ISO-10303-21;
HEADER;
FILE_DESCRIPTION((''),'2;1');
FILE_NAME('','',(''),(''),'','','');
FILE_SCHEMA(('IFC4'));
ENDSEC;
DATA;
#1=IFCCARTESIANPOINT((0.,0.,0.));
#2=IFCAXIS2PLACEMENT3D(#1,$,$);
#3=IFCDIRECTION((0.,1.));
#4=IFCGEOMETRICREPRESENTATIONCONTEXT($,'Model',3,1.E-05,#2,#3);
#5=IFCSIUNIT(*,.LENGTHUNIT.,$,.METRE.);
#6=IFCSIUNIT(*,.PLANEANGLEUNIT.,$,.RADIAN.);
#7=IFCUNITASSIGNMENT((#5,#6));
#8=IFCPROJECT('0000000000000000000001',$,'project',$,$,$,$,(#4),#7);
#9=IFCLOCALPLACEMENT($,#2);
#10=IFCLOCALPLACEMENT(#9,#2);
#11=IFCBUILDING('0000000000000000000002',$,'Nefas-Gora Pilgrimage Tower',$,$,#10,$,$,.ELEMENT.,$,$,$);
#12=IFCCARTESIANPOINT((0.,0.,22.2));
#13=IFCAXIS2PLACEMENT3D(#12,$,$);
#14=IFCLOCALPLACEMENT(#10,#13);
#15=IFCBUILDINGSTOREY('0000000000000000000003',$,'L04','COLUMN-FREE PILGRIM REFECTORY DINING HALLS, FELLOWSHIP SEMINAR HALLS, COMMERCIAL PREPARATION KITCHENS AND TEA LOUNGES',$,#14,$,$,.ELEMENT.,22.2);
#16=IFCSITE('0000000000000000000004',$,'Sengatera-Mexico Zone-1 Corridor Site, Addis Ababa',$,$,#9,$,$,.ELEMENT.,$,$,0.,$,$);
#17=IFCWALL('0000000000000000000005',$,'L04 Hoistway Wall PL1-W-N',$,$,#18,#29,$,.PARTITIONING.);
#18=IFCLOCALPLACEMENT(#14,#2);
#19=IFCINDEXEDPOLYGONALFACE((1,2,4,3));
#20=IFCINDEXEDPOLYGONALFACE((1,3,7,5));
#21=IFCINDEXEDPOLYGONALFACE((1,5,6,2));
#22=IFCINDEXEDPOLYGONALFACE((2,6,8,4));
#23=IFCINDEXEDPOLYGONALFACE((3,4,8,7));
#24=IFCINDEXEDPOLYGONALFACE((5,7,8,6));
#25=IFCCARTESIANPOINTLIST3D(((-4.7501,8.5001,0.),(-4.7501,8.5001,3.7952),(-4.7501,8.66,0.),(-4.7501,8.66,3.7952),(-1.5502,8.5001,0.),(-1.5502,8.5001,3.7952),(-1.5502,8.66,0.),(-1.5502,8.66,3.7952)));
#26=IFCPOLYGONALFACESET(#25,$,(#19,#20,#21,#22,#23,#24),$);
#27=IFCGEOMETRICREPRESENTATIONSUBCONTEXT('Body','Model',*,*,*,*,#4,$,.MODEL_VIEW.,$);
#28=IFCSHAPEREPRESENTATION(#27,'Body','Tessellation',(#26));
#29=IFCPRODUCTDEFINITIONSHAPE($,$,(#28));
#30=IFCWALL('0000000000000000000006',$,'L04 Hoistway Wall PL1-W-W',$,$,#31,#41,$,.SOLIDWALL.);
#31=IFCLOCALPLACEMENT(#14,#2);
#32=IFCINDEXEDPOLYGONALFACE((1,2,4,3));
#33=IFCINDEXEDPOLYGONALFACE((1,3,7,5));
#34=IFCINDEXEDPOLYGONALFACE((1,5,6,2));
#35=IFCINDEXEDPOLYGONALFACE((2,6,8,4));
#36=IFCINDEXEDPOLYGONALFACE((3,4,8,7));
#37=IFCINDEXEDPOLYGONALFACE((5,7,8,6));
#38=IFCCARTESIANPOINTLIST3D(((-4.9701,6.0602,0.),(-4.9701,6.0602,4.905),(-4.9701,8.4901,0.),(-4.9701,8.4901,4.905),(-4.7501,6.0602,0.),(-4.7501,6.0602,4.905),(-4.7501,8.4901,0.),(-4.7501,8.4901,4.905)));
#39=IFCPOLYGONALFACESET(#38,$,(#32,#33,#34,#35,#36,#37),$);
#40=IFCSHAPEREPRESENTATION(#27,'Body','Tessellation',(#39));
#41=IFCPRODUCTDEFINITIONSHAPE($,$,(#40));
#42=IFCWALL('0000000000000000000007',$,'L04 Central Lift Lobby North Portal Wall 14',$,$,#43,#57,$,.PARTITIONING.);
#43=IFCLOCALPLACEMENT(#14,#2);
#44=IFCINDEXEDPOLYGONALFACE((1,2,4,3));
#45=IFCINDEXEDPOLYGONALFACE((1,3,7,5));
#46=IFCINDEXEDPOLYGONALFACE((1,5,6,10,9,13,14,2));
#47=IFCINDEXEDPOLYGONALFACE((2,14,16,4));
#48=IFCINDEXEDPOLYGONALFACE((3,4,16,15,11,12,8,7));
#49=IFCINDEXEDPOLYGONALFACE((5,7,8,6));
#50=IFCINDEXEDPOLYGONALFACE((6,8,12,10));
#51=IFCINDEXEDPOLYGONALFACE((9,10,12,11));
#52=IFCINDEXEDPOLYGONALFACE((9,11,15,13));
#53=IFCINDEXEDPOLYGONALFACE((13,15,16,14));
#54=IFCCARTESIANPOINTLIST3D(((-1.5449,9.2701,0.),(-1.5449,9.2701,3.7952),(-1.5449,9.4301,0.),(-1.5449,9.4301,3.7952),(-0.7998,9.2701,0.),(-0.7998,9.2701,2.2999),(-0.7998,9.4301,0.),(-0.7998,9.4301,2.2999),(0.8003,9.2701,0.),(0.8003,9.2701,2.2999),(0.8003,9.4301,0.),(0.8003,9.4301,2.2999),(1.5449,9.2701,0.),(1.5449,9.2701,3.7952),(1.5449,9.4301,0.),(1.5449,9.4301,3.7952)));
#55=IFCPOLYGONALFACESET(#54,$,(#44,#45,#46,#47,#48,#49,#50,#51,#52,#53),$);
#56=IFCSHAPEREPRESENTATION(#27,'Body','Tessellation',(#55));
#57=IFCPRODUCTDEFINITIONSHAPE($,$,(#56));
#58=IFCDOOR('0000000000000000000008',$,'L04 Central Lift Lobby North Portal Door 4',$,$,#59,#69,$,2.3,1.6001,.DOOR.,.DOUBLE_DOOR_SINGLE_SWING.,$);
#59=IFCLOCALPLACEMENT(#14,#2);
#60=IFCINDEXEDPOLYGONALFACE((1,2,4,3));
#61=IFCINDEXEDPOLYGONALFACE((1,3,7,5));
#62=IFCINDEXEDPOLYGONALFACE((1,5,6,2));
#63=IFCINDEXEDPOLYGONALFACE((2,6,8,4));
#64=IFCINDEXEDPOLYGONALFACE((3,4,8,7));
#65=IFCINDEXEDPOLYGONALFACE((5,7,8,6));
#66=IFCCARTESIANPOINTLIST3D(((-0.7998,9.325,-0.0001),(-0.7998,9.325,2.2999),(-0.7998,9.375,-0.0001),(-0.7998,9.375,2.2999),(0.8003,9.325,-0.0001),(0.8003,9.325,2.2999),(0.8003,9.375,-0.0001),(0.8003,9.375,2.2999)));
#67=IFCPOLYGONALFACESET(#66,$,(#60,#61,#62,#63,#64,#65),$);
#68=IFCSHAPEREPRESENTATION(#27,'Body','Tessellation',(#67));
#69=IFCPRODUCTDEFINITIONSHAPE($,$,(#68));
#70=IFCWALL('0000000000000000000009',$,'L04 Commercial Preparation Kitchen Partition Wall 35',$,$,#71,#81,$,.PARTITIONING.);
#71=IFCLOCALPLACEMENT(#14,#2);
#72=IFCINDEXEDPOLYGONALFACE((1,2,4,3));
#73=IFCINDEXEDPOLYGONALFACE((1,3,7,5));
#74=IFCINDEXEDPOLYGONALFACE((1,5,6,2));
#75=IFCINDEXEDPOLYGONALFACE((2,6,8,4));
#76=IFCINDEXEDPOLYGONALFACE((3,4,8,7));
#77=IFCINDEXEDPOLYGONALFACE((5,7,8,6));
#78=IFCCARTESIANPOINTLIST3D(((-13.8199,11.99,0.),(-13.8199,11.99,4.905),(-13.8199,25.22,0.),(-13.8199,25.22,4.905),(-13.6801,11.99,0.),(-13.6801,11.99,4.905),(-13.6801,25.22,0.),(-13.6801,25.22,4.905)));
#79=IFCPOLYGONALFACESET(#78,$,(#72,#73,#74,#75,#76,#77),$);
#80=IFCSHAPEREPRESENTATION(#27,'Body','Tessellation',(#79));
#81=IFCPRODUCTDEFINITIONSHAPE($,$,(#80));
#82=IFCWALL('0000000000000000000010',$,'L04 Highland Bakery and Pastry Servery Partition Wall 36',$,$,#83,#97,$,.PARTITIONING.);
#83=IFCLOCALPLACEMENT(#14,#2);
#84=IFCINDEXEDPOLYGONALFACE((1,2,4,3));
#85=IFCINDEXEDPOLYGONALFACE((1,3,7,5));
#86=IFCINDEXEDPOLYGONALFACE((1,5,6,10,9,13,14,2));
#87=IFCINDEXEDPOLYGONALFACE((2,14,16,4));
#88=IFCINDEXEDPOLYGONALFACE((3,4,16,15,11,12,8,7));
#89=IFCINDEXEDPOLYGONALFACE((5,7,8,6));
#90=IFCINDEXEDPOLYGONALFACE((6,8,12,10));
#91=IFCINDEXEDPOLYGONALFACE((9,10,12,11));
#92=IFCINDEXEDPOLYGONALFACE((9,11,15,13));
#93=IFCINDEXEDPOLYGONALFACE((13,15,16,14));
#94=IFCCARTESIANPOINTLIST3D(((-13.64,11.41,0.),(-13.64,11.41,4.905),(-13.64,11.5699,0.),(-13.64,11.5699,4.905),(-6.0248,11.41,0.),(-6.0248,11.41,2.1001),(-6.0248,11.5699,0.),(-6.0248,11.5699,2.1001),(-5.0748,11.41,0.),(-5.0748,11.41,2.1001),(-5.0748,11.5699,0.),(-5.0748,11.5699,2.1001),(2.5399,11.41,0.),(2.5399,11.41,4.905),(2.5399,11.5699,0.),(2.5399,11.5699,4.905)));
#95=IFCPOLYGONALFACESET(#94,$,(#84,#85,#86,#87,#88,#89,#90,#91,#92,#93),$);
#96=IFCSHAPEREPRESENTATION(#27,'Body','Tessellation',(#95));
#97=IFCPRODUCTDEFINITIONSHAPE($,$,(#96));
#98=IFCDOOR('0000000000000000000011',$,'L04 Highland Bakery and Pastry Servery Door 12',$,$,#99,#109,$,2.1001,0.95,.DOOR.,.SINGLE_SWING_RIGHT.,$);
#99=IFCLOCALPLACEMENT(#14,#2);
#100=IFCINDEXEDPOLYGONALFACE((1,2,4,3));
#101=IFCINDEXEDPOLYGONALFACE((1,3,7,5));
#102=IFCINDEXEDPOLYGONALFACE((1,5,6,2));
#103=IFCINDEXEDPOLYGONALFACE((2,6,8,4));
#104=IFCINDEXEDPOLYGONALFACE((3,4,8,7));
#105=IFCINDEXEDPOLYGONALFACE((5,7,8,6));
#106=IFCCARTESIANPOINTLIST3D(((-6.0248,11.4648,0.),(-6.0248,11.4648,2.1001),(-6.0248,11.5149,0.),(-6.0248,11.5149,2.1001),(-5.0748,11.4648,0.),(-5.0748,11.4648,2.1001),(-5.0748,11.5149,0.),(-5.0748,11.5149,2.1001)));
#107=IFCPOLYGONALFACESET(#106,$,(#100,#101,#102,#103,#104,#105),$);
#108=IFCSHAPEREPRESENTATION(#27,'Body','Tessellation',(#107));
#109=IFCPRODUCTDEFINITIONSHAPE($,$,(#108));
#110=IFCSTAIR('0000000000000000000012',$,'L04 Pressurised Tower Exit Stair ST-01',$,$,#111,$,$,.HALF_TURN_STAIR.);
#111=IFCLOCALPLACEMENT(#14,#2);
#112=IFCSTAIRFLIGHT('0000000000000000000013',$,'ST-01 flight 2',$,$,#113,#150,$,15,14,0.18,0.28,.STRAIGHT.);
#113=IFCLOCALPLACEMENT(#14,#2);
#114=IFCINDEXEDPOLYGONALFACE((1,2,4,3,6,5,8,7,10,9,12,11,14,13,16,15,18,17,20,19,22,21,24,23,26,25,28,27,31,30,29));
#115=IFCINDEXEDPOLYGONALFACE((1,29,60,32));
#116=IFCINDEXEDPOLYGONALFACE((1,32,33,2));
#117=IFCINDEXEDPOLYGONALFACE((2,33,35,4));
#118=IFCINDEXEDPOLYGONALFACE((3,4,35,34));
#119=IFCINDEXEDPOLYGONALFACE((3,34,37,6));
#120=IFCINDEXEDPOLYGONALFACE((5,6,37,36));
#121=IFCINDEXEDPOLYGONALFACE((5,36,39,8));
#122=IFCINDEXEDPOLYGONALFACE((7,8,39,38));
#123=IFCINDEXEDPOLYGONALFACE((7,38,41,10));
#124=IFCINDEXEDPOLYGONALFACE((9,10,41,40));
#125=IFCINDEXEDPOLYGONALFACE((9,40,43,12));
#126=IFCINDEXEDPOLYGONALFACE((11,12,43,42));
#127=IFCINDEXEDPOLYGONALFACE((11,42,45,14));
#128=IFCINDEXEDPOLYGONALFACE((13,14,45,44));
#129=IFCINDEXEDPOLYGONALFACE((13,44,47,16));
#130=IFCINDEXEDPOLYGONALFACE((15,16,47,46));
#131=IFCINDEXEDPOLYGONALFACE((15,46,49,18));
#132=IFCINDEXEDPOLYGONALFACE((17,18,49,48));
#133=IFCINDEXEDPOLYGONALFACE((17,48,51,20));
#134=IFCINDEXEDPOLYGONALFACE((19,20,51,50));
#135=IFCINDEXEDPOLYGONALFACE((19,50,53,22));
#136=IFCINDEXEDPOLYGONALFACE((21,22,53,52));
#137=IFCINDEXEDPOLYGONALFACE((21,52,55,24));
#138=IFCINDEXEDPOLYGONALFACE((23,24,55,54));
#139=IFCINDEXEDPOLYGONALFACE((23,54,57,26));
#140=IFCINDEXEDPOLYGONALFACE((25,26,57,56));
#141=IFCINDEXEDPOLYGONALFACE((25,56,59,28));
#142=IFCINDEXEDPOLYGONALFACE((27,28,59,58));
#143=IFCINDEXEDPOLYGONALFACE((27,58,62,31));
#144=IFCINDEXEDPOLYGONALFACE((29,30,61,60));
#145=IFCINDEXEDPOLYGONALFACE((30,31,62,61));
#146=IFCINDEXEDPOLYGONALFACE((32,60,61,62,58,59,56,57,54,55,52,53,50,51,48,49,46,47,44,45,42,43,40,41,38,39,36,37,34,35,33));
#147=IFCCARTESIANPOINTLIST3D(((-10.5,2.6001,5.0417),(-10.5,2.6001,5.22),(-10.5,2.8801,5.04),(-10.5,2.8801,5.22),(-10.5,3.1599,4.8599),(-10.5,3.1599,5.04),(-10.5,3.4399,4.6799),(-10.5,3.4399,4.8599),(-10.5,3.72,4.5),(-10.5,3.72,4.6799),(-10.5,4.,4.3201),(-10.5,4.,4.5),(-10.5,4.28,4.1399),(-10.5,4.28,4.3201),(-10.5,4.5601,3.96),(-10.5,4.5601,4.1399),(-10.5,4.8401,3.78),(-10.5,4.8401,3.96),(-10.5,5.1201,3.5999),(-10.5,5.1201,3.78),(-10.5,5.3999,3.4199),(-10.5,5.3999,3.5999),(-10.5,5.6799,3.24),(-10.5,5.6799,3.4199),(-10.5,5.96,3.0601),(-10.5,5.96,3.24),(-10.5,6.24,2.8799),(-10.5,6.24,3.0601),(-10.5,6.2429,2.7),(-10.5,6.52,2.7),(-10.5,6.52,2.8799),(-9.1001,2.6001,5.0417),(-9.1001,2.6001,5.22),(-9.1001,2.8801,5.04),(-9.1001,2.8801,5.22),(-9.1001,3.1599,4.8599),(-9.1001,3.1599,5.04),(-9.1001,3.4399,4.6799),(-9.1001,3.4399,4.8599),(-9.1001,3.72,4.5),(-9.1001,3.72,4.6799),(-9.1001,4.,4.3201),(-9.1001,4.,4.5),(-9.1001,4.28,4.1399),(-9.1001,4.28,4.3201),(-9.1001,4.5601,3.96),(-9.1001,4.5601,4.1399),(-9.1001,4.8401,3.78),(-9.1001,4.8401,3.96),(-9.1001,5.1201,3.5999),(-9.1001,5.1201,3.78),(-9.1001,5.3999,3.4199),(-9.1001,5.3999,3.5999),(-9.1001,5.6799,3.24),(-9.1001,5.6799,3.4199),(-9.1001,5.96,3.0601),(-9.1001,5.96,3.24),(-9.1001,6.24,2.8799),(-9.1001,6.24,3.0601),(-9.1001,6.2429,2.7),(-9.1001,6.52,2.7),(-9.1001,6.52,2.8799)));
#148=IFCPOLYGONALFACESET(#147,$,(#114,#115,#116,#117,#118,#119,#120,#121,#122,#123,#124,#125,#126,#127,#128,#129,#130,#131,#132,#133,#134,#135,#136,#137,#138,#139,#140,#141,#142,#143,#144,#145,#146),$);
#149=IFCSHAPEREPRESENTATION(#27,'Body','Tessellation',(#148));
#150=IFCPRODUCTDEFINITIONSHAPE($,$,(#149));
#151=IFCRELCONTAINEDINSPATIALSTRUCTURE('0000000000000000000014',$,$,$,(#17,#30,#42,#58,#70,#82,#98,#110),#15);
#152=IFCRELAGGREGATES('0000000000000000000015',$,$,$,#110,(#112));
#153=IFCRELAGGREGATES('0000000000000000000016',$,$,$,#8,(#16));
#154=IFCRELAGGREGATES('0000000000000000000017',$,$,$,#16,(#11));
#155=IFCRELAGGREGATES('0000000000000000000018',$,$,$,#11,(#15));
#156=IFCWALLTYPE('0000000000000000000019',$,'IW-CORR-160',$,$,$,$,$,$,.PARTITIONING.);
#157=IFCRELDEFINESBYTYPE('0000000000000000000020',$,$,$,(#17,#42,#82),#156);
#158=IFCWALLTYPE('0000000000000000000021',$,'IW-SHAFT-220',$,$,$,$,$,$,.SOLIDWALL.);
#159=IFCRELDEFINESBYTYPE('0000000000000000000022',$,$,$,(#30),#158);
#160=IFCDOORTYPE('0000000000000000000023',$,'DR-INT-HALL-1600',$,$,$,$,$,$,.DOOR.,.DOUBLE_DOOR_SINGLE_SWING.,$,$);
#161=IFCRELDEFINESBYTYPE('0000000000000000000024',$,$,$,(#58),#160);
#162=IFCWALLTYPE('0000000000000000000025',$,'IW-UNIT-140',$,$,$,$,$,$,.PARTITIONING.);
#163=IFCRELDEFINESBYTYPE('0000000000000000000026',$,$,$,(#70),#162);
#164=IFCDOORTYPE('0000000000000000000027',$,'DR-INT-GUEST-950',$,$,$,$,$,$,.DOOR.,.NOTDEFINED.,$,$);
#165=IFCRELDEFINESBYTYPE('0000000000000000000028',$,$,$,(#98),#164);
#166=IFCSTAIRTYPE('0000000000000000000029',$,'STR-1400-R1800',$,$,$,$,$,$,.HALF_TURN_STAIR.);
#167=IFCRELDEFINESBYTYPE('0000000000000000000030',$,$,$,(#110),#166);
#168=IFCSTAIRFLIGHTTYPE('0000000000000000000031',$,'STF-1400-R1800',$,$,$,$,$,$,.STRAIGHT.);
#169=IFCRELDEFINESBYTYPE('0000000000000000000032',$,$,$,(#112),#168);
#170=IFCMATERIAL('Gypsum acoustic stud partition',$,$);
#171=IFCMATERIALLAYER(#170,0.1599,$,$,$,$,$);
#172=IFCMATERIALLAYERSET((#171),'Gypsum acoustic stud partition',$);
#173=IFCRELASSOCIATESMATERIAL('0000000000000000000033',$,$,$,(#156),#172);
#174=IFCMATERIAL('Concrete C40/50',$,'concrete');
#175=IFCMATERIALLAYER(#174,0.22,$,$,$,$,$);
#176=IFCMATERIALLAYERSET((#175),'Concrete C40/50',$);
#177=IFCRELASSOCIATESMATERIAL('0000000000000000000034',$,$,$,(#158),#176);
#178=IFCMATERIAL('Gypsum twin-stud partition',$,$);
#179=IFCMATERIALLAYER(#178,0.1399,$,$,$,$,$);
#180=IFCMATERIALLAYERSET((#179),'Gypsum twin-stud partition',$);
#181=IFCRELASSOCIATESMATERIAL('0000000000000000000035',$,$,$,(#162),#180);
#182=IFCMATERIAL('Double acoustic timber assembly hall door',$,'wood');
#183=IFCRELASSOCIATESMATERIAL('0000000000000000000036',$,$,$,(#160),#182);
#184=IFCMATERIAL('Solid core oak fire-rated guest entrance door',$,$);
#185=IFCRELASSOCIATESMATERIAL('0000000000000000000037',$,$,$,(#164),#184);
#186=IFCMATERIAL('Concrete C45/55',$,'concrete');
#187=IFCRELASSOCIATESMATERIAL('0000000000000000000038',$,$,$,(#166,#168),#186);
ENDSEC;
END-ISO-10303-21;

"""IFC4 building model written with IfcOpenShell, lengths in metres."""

from ifc_helpers import new_model, si_unit, direction, frame, frame_2d, origin, place, context, subcontext, project, spatial, polyline, rectangle, outline, extrude, source, transform, mapped, material, layer, layer_set, type_object, element, fill, aggregate, save


model = new_model("IFC4")

# Units and contexts
model_context = context("Model", 3, precision=1e-05, world=origin(), true_north=direction((0.0, 1.0)))
body_context = subcontext(model_context, "Body", "Model", "MODEL_VIEW")
ifc_project = project(units=[si_unit("LENGTHUNIT", "METRE"), si_unit("PLANEANGLEUNIT", "RADIAN")], contexts=[model_context])

# Site, building, storey
site_placement = place(None, origin())
site = spatial("IfcSite", under=ifc_project, at=site_placement, Name="Sengatera-Mexico Zone-1 Corridor Site, Addis Ababa", CompositionType="ELEMENT", RefElevation=0.0)
building_placement = place(site_placement, origin())
building = spatial("IfcBuilding", under=site, at=building_placement, Name="Nefas-Gora Pilgrimage Tower", CompositionType="ELEMENT")
storey_placement = place(building_placement, frame((0.0, 0.0, 22.2)))
storey = spatial("IfcBuildingStorey", under=building, at=storey_placement, Name="L04", Description="COLUMN-FREE PILGRIM REFECTORY DINING HALLS, FELLOWSHIP SEMINAR HALLS, COMMERCIAL PREPARATION KITCHENS AND TEA LOUNGES", CompositionType="ELEMENT", Elevation=22.2)

# Walls
ifc_material_1 = material(Name="Concrete C45/55", Category="concrete")
ifc_material_2 = material(Name="Gypsum acoustic stud partition")
ifc_layer_1 = layer(ifc_material_2, 0.1599)
ifc_layer_set_1 = layer_set([ifc_layer_1], Name="Gypsum acoustic stud partition")
wall_type_1 = type_object("IfcWallType", Name="IW-CORR-160", PredefinedType="PARTITIONING", material=ifc_layer_set_1)
shared_shape_1 = source(origin(), body_context, "Body", "SweptSolid", [
    extrude(rectangle(XDim=3.2, YDim=0.1599, at=frame_2d((1.6001, 0.0))), origin(), (0.0, 0.0, 1.0), 3.7952),
])
wall_1_placement = place(storey_placement, frame((-1.55, 8.5801, 0.0), z_axis=(0.0, 0.0, 1.0), x_axis=(-1.0, 0.0, 0.0)))
element("IfcWall", 1, at=wall_1_placement, inside=storey, type_object=wall_type_1, Name="L04 Hoistway Wall PL1-W-N", PredefinedType="PARTITIONING", context=body_context, shape_type="MappedRepresentation", body=[
    mapped(shared_shape_1, transform((0.0, 0.0, 0.0), x_axis=(1.0, 0.0, 0.0), y_axis=(0.0, 1.0, 0.0), z_axis=(0.0, 0.0, 1.0), scale=1.0)),
])
ifc_material_3 = material(Name="Concrete C40/50", Category="concrete")
ifc_layer_2 = layer(ifc_material_3, 0.22)
ifc_layer_set_2 = layer_set([ifc_layer_2], Name="Concrete C40/50")
wall_type_2 = type_object("IfcWallType", Name="IW-SHAFT-220", PredefinedType="SOLIDWALL", material=ifc_layer_set_2)
shared_shape_2 = source(origin(), body_context, "Body", "SweptSolid", [
    extrude(rectangle(XDim=2.4299, YDim=0.22, at=frame_2d((1.2148, 0.0))), origin(), (0.0, 0.0, 1.0), 4.905),
])
wall_2_placement = place(storey_placement, frame((-4.8601, 8.49, 0.0), z_axis=(0.0, 0.0, 1.0), x_axis=(0.0, -1.0, 0.0)))
element("IfcWall", 2, at=wall_2_placement, inside=storey, type_object=wall_type_2, Name="L04 Hoistway Wall PL1-W-W", PredefinedType="SOLIDWALL", context=body_context, shape_type="MappedRepresentation", body=[
    mapped(shared_shape_2, transform((0.0, 0.0, 0.0), x_axis=(1.0, 0.0, 0.0), y_axis=(0.0, 1.0, 0.0), z_axis=(0.0, 0.0, 1.0), scale=1.0)),
])
ifc_material_4 = material(Name="Gypsum twin-stud partition")
ifc_layer_3 = layer(ifc_material_4, 0.1399)
ifc_layer_set_3 = layer_set([ifc_layer_3], Name="Gypsum twin-stud partition")
wall_type_3 = type_object("IfcWallType", Name="IW-UNIT-140", PredefinedType="PARTITIONING", material=ifc_layer_set_3)

# Wall, opening, door
shared_shape_3 = source(origin(), body_context, "Body", "SweptSolid", [
    extrude(rectangle(XDim=3.0898, YDim=0.1599, at=frame_2d((1.5449, 0.0))), origin(), (0.0, 0.0, 1.0), 3.7952),
])
wall_3_placement = place(storey_placement, frame((-1.5449, 9.3501, 0.0), z_axis=(0.0, 0.0, 1.0), x_axis=(1.0, 0.0, 0.0)))
wall_3 = element("IfcWall", 3, at=wall_3_placement, inside=storey, type_object=wall_type_1, Name="L04 Central Lift Lobby North Portal Wall 14", PredefinedType="PARTITIONING", context=body_context, shape_type="MappedRepresentation", body=[
    mapped(shared_shape_3, transform((0.0, 0.0, 0.0), x_axis=(1.0, 0.0, 0.0), y_axis=(0.0, 1.0, 0.0), z_axis=(0.0, 0.0, 1.0), scale=1.0)),
])
opening_1_placement = place(wall_3_placement, frame((0.7451, 0.0, 0.0)))
opening_1 = element("IfcOpeningElement", 4, at=opening_1_placement, cuts=wall_3, PredefinedType="OPENING", context=body_context, shape_type="SweptSolid", body=[
    extrude(rectangle(XDim=1.6001, YDim=2.3, at=frame_2d((0.8, 1.1499))), frame((0.0, 0.0898, 0.0), z_axis=(0.0, -1.0, 0.0), x_axis=(1.0, 0.0, 0.0)), (0.0, 0.0, 1.0), 0.1799),
])
ifc_material_5 = material(Name="Double acoustic timber assembly hall door", Category="wood")
door_type_1 = type_object("IfcDoorType", Name="DR-INT-HALL-1600", OperationType="DOUBLE_DOOR_SINGLE_SWING", PredefinedType="DOOR", material=ifc_material_5)
shared_shape_4 = source(origin(), body_context, "Body", "SweptSolid", [
    extrude(rectangle(XDim=1.6001, YDim=2.3, at=frame_2d((0.8, 1.1499))), frame((0.0, 0.0249, 0.0), z_axis=(0.0, -1.0, 0.0), x_axis=(1.0, 0.0, 0.0)), (0.0, 0.0, 1.0), 0.05),
])
door_1_placement = place(opening_1_placement, origin())
door_1 = element("IfcDoor", 5, at=door_1_placement, inside=storey, type_object=door_type_1, Name="L04 Central Lift Lobby North Portal Door 4", OperationType="DOUBLE_DOOR_SINGLE_SWING", OverallHeight=2.3, OverallWidth=1.6001, PredefinedType="DOOR", context=body_context, shape_type="MappedRepresentation", body=[
    mapped(shared_shape_4, transform((0.0, 0.0, 0.0), x_axis=(1.0, 0.0, 0.0), y_axis=(0.0, 1.0, 0.0), z_axis=(0.0, 0.0, 1.0), scale=1.0)),
])
fill(opening_1, door_1)

# Wall
shared_shape_5 = source(origin(), body_context, "Body", "SweptSolid", [
    extrude(rectangle(XDim=13.23, YDim=0.1399, at=frame_2d((6.615, 0.0))), origin(), (0.0, 0.0, 1.0), 4.905),
])
wall_4_placement = place(storey_placement, frame((-13.75, 11.99, 0.0), z_axis=(0.0, 0.0, 1.0), x_axis=(0.0, 1.0, 0.0)))
element("IfcWall", 6, at=wall_4_placement, inside=storey, type_object=wall_type_3, Name="L04 Commercial Preparation Kitchen Partition Wall 35", PredefinedType="PARTITIONING", context=body_context, shape_type="MappedRepresentation", body=[
    mapped(shared_shape_5, transform((0.0, 0.0, 0.0), x_axis=(1.0, 0.0, 0.0), y_axis=(0.0, 1.0, 0.0), z_axis=(0.0, 0.0, 1.0), scale=1.0)),
])

# Wall, opening, door
shared_shape_6 = source(origin(), body_context, "Body", "SweptSolid", [
    extrude(rectangle(XDim=16.1799, YDim=0.1599, at=frame_2d((8.0898, 0.0))), origin(), (0.0, 0.0, 1.0), 4.905),
])
wall_5_placement = place(storey_placement, frame((-13.6399, 11.49, 0.0), z_axis=(0.0, 0.0, 1.0), x_axis=(1.0, 0.0, 0.0)))
wall_5 = element("IfcWall", 7, at=wall_5_placement, inside=storey, type_object=wall_type_1, Name="L04 Highland Bakery and Pastry Servery Partition Wall 36", PredefinedType="PARTITIONING", context=body_context, shape_type="MappedRepresentation", body=[
    mapped(shared_shape_6, transform((0.0, 0.0, 0.0), x_axis=(1.0, 0.0, 0.0), y_axis=(0.0, 1.0, 0.0), z_axis=(0.0, 0.0, 1.0), scale=1.0)),
])
opening_2_placement = place(wall_5_placement, frame((7.615, 0.0, 0.0)))
opening_2 = element("IfcOpeningElement", 8, at=opening_2_placement, cuts=wall_5, PredefinedType="OPENING", context=body_context, shape_type="SweptSolid", body=[
    extrude(rectangle(XDim=0.95, YDim=2.1001, at=frame_2d((0.4751, 1.05))), frame((0.0, 0.0898, 0.0), z_axis=(0.0, -1.0, 0.0), x_axis=(1.0, 0.0, 0.0)), (0.0, 0.0, 1.0), 0.1799),
])
ifc_material_6 = material(Name="Solid core oak fire-rated guest entrance door")
door_type_2 = type_object("IfcDoorType", Name="DR-INT-GUEST-950", OperationType="NOTDEFINED", PredefinedType="DOOR", material=ifc_material_6)
shared_shape_7 = source(origin(), body_context, "Body", "SweptSolid", [
    extrude(rectangle(XDim=0.95, YDim=2.1001, at=frame_2d((0.4751, 1.05))), frame((0.0, 0.0249, 0.0), z_axis=(0.0, -1.0, 0.0), x_axis=(1.0, 0.0, 0.0)), (0.0, 0.0, 1.0), 0.05),
])
door_2_placement = place(opening_2_placement, origin())
door_2 = element("IfcDoor", 9, at=door_2_placement, inside=storey, type_object=door_type_2, Name="L04 Highland Bakery and Pastry Servery Door 12", OperationType="SINGLE_SWING_RIGHT", OverallHeight=2.1001, OverallWidth=0.95, PredefinedType="DOOR", context=body_context, shape_type="MappedRepresentation", body=[
    mapped(shared_shape_7, transform((0.0, 0.0, 0.0), x_axis=(1.0, 0.0, 0.0), y_axis=(0.0, 1.0, 0.0), z_axis=(0.0, 0.0, 1.0), scale=1.0)),
])
fill(opening_2, door_2)

# Stair, stair flight
stair_type = type_object("IfcStairType", Name="STR-1400-R1800", PredefinedType="HALF_TURN_STAIR", material=ifc_material_1)
stair_placement = place(storey_placement, origin())
stair = element("IfcStair", 10, at=stair_placement, inside=storey, type_object=stair_type, Name="L04 Pressurised Tower Exit Stair ST-01", PredefinedType="HALF_TURN_STAIR")
stair_flight_type = type_object("IfcStairFlightType", Name="STF-1400-R1800", PredefinedType="STRAIGHT", material=ifc_material_1)
shared_shape_8 = source(origin(), body_context, "Body", "SweptSolid", [
    extrude(outline(polyline([(0.0, 0.0), (0.0, 0.1799), (0.28, 0.1799), (0.28, 0.3601), (0.5601, 0.3601), (0.5601, 0.54), (0.8401, 0.54), (0.8401, 0.72), (1.1201, 0.72), (1.1201, 0.8999), (1.3999, 0.8999), (1.3999, 1.0801), (1.6799, 1.0801), (1.6799, 1.26), (1.96, 1.26), (1.96, 1.4399), (2.24, 1.4399), (2.24, 1.6201), (2.52, 1.6201), (2.52, 1.8), (2.8, 1.8), (2.8, 1.98), (3.0801, 1.98), (3.0801, 2.1599), (3.3601, 2.1599), (3.3601, 2.3401), (3.6399, 2.3401), (3.6399, 2.52), (3.9199, 2.52), (3.9199, 2.7), (3.9199, 2.3418), (0.2771, 0.0), (0.0, 0.0)])), frame((0.0, 0.7, 0.0), z_axis=(0.0, -1.0, 0.0), x_axis=(1.0, 0.0, 0.0)), (0.0, 0.0, 1.0), 1.3999),
])
stair_flight_placement = place(storey_placement, frame((-9.8, 6.52, 2.7), z_axis=(0.0, 0.0, 1.0), x_axis=(0.0, -1.0, 0.0)))
stair_flight = element("IfcStairFlight", 11, at=stair_flight_placement, type_object=stair_flight_type, Name="ST-01 flight 2", NumberOfRisers=15, NumberOfTreads=14, PredefinedType="STRAIGHT", RiserHeight=0.18, TreadLength=0.28, context=body_context, shape_type="MappedRepresentation", body=[
    mapped(shared_shape_8, transform((0.0, 0.0, 0.0), x_axis=(1.0, 0.0, 0.0), y_axis=(0.0, 1.0, 0.0), z_axis=(0.0, 0.0, 1.0), scale=1.0)),
])
aggregate(stair, [stair_flight])

save(model, "model.ifc")
